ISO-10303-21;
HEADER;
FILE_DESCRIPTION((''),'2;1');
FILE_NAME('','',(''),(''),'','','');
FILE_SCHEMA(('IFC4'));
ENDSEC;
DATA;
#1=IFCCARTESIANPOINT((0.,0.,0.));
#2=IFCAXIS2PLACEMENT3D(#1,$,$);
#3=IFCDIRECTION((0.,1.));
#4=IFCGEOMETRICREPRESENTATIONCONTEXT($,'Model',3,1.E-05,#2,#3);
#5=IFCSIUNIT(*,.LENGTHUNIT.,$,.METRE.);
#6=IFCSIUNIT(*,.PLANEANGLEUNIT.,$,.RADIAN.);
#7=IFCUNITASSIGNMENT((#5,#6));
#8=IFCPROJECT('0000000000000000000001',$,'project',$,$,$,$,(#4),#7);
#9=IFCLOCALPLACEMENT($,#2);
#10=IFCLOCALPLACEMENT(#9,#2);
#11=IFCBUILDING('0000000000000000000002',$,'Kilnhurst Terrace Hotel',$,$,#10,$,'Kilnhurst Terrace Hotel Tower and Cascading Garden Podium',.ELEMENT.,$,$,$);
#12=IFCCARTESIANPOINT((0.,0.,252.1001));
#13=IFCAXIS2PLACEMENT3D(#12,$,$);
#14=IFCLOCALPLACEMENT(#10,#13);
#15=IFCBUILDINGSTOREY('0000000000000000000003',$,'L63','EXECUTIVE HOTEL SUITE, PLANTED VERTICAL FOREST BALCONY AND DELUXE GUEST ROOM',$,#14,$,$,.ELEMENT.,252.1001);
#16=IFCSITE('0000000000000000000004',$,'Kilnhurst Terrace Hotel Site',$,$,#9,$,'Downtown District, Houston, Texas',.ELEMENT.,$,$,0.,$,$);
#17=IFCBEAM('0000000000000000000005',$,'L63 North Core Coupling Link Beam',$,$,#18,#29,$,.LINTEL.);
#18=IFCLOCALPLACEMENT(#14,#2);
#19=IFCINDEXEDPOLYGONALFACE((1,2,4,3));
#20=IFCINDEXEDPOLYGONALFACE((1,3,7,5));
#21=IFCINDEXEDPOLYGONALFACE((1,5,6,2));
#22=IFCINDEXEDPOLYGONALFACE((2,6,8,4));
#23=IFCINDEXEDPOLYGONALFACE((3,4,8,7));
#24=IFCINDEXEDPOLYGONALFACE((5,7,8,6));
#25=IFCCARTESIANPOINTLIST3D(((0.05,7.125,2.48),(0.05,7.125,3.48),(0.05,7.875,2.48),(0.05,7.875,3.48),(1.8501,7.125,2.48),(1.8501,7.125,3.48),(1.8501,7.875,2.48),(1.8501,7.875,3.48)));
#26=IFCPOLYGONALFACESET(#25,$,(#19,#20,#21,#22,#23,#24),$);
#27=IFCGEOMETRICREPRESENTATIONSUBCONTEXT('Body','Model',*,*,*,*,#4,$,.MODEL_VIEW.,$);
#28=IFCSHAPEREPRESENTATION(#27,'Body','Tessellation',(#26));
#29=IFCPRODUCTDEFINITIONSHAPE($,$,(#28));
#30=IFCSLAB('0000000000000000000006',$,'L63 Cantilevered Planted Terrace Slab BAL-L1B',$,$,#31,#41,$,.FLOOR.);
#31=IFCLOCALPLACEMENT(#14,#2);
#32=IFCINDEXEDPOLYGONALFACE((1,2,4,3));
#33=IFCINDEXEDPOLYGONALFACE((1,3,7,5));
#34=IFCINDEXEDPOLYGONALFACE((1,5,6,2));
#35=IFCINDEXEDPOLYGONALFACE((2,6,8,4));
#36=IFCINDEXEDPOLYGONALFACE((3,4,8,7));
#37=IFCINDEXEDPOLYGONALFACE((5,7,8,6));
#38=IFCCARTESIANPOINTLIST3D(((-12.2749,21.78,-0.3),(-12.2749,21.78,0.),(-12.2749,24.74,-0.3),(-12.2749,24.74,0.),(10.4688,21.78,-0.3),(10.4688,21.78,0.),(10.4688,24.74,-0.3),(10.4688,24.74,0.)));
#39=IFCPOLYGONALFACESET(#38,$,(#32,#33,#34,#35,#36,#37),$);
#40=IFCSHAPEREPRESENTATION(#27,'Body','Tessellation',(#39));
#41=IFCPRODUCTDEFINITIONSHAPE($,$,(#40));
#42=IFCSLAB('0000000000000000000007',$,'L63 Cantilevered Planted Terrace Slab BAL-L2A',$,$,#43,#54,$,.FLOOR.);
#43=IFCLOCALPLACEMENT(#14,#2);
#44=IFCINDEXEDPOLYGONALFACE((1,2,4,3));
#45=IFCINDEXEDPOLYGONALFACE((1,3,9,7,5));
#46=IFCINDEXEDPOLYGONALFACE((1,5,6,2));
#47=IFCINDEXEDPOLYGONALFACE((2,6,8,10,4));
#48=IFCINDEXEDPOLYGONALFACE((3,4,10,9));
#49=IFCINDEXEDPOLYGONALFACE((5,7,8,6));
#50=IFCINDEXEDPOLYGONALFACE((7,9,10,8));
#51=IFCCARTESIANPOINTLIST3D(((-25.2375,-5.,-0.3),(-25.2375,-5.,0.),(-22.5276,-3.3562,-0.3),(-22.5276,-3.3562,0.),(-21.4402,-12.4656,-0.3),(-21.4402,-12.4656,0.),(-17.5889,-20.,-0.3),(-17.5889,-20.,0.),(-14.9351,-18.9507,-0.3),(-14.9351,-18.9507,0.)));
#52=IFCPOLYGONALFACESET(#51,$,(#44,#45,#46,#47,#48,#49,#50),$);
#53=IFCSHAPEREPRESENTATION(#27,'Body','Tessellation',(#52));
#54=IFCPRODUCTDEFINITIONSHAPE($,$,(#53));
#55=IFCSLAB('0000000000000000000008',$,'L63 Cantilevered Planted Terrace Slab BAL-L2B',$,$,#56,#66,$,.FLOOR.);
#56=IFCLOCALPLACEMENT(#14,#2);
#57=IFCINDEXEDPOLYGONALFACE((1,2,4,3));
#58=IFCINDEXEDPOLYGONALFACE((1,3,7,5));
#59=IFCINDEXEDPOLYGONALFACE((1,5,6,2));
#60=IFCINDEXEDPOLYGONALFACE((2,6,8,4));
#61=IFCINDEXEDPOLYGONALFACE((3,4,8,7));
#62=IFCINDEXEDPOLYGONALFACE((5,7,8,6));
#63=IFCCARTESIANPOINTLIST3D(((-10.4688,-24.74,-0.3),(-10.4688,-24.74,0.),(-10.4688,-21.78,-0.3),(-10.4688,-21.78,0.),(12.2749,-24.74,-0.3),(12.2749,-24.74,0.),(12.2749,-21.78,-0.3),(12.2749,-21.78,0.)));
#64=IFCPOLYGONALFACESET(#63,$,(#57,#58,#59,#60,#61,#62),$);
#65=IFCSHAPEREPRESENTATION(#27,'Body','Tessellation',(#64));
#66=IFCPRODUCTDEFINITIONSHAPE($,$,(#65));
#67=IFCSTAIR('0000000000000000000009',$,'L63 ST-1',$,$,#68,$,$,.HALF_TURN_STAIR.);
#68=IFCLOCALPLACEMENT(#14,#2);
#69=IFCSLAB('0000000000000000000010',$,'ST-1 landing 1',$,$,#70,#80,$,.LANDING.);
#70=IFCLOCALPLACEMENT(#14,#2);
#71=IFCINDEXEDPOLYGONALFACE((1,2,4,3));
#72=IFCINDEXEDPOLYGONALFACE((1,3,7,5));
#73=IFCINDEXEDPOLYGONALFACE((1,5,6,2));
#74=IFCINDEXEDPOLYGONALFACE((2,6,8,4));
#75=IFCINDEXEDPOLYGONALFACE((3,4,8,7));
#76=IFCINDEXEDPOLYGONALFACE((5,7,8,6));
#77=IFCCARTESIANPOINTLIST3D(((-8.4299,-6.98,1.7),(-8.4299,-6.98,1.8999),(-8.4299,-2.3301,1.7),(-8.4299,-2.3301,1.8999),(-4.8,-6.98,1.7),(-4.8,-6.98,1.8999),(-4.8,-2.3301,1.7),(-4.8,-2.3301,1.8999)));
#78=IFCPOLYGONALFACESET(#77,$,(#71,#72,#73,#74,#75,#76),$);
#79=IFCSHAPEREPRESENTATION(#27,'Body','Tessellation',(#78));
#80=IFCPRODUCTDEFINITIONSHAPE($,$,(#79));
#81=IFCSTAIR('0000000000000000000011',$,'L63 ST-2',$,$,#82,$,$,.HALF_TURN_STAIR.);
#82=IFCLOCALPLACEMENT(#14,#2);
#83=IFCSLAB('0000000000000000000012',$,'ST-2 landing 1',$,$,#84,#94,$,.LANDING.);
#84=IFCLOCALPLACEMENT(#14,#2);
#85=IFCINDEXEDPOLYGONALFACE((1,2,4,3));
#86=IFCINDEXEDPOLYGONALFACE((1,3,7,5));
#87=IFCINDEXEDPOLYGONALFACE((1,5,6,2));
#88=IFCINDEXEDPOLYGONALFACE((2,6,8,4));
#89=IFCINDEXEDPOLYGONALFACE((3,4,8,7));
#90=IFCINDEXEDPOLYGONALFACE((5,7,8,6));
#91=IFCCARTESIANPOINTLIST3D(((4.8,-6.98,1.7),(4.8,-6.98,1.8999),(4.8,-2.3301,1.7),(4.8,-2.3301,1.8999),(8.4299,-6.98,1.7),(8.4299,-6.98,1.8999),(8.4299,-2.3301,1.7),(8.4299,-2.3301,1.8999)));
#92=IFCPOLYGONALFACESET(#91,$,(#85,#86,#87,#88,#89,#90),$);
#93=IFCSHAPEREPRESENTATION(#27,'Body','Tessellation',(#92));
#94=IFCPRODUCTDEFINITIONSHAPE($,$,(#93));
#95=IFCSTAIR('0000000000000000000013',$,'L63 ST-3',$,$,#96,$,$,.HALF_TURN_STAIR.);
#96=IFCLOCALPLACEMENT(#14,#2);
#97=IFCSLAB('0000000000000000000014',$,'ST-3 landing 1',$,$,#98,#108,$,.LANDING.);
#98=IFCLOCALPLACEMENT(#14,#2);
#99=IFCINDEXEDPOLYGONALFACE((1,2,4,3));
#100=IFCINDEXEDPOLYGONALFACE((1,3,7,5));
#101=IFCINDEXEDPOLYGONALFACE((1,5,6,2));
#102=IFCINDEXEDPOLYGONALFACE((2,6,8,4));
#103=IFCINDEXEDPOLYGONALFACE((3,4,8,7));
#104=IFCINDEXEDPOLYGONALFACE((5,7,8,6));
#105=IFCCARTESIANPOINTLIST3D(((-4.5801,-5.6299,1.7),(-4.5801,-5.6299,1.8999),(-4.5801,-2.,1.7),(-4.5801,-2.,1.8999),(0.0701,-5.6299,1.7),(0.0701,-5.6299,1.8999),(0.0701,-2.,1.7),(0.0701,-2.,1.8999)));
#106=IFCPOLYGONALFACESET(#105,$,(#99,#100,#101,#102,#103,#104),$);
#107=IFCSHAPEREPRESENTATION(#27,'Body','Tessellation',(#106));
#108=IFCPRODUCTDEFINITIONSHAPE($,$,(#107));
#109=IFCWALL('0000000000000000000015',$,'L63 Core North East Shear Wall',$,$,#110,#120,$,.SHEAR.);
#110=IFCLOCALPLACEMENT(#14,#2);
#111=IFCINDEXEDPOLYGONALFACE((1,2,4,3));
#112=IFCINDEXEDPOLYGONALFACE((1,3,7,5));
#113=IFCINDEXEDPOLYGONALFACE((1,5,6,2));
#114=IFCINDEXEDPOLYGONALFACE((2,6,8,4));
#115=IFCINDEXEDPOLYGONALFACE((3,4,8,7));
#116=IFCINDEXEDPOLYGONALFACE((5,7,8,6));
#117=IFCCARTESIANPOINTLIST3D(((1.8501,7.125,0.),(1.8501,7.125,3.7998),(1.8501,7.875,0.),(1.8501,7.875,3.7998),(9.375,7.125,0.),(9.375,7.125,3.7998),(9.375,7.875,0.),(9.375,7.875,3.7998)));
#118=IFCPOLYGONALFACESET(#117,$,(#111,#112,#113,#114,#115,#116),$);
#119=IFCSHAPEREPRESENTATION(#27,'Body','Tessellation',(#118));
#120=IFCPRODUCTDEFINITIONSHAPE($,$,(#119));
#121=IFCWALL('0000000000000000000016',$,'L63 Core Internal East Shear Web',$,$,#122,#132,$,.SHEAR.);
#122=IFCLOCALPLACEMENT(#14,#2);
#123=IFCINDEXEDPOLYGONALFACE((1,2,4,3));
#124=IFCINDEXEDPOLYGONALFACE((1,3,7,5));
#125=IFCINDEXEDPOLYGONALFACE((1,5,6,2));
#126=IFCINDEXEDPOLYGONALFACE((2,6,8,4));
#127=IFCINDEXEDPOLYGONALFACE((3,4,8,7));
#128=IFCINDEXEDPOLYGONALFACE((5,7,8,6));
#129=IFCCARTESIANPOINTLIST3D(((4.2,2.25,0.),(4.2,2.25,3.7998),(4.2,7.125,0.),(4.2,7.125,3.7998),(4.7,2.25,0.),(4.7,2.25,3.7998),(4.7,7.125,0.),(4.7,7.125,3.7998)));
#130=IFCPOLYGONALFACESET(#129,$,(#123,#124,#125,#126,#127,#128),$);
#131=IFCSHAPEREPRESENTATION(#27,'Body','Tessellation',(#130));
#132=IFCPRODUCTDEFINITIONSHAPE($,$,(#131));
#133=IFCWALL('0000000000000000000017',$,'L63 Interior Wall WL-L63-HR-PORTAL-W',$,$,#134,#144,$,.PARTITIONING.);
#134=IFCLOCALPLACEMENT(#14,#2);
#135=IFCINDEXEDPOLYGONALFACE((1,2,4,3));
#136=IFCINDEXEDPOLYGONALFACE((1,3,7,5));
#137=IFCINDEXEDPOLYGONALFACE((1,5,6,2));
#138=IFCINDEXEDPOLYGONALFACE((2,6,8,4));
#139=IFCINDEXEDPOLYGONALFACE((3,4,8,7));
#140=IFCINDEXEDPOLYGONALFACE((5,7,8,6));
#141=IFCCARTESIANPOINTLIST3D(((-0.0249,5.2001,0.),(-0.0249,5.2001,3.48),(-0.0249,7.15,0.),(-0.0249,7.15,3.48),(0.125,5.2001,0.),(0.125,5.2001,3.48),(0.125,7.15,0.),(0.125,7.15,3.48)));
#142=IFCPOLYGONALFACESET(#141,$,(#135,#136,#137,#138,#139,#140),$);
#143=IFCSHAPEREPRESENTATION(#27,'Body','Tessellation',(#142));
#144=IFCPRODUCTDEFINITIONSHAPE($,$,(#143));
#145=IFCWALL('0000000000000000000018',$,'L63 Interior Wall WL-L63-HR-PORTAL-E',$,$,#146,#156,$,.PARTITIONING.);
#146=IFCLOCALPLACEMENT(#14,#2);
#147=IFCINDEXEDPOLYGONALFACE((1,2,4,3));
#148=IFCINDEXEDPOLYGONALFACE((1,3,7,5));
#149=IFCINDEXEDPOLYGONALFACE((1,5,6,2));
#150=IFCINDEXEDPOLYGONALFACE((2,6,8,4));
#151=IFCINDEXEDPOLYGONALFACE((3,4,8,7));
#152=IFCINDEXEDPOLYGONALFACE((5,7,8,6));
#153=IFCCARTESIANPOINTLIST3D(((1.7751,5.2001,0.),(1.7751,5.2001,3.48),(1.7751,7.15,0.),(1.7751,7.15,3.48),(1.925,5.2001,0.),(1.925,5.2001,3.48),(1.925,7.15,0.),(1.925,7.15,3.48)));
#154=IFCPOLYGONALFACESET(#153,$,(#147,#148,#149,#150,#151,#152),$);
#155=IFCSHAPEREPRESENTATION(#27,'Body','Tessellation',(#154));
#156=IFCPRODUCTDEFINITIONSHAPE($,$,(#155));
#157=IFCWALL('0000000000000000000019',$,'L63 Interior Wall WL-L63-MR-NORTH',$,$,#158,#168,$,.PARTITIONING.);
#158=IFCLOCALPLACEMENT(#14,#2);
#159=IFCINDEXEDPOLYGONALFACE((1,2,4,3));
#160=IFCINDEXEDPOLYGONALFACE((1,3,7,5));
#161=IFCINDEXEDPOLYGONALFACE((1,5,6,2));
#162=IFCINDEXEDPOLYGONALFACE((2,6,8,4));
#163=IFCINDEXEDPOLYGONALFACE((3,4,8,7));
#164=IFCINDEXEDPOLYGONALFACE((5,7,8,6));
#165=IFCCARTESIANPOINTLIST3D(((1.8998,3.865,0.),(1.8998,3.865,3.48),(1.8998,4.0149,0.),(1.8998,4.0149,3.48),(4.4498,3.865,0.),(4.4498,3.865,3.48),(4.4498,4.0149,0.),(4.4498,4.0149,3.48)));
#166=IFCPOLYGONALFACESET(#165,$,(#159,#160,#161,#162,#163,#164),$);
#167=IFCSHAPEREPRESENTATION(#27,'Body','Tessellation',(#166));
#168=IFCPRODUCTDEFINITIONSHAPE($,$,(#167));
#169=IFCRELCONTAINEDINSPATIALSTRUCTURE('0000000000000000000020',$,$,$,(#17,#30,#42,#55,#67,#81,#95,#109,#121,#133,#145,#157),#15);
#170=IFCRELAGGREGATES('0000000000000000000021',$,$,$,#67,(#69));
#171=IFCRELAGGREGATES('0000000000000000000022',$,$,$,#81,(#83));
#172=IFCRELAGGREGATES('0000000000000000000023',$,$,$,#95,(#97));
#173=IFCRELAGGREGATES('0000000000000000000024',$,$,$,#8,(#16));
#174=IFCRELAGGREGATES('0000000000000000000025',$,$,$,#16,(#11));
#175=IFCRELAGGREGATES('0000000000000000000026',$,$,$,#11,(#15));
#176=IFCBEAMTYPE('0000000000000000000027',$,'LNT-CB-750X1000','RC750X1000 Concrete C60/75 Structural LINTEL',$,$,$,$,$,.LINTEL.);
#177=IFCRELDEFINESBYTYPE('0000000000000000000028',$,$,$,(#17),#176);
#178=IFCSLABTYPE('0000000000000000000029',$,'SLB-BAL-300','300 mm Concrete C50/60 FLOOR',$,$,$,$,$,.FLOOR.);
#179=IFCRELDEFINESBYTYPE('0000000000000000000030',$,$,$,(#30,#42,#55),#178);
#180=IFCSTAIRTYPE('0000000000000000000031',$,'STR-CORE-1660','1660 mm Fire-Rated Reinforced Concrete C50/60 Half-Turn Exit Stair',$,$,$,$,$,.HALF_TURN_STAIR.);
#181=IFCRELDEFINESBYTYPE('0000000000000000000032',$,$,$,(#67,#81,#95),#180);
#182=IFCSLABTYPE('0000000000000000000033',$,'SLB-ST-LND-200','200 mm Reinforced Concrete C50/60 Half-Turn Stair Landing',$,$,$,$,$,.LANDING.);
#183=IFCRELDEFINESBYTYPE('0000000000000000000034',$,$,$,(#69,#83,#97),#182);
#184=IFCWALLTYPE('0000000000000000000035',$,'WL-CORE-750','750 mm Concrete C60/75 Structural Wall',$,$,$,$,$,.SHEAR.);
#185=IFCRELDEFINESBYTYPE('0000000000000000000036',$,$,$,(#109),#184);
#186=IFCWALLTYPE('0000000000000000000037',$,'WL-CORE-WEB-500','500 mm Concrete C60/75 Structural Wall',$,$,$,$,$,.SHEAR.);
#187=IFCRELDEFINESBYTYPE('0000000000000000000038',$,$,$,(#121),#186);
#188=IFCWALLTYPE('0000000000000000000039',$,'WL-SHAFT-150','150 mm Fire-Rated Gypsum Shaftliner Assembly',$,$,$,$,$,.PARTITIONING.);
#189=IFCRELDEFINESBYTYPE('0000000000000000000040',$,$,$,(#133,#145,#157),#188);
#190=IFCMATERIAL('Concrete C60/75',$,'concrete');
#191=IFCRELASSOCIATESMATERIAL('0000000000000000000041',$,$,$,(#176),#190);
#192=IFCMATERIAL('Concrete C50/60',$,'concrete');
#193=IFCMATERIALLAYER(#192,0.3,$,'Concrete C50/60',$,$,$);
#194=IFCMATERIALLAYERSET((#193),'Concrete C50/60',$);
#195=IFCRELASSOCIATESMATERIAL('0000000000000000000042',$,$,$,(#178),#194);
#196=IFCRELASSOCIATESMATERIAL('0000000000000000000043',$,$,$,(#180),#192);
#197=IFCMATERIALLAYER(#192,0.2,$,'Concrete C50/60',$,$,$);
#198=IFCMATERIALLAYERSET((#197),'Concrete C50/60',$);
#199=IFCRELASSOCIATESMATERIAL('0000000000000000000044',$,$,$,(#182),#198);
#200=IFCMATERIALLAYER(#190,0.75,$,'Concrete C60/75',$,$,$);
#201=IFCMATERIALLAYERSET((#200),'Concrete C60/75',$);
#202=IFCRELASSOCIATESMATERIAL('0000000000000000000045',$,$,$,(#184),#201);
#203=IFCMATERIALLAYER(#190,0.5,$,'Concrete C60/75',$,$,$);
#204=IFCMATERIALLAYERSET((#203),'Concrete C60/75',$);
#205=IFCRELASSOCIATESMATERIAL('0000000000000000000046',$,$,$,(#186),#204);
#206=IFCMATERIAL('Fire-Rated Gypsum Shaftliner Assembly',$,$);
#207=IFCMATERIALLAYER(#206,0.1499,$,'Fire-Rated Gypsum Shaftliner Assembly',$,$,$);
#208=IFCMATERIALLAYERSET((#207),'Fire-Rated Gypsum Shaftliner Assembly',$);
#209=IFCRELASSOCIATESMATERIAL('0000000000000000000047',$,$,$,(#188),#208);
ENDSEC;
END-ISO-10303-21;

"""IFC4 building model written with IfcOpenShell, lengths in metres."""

from ifc_helpers import new_model, si_unit, direction, frame, frame_2d, origin, origin_2d, place, context, subcontext, project, spatial, polyline, rectangle, outline, extrude, material, layer, layer_set, material_profile, profile_set, type_object, element, aggregate, save


model = new_model("IFC4")

# Units and contexts
model_context = context("Model", 3, precision=1e-05, world=origin(), true_north=direction((0.0, 1.0)))
body_context = subcontext(model_context, "Body", "Model", "MODEL_VIEW")
ifc_project = project(units=[si_unit("LENGTHUNIT", "METRE"), si_unit("PLANEANGLEUNIT", "RADIAN")], contexts=[model_context])

# Site, building, storey
site_placement = place(None, origin())
site = spatial("IfcSite", under=ifc_project, at=site_placement, Name="Kilnhurst Terrace Hotel Site", LongName="Downtown District, Houston, Texas", CompositionType="ELEMENT", RefElevation=0.0)
building_placement = place(site_placement, origin())
building = spatial("IfcBuilding", under=site, at=building_placement, Name="Kilnhurst Terrace Hotel", LongName="Kilnhurst Terrace Hotel Tower and Cascading Garden Podium", CompositionType="ELEMENT")
storey_placement = place(building_placement, frame((0.0, 0.0, 252.1001)))
storey = spatial("IfcBuildingStorey", under=building, at=storey_placement, Name="L63", Description="EXECUTIVE HOTEL SUITE, PLANTED VERTICAL FOREST BALCONY AND DELUXE GUEST ROOM", CompositionType="ELEMENT", Elevation=252.1001)

# Beam
ifc_material_1 = material(Name="Concrete C60/75", Category="concrete")
ifc_material_profile = material_profile(ifc_material_1, rectangle(XDim=0.75, YDim=1.0, at=origin_2d()), Name="RC750X1000")
ifc_profile_set = profile_set([ifc_material_profile], Name="Concrete C60/75")
beam_type = type_object("IfcBeamType", Name="LNT-CB-750X1000", Description="RC750X1000 Concrete C60/75 Structural LINTEL", PredefinedType="LINTEL", material=ifc_profile_set)
beam_placement = place(storey_placement, frame((0.05, 7.5, 2.98), z_axis=(1.0, 0.0, 0.0), x_axis=(0.0, 1.0, 0.0)))
element("IfcBeam", 1, at=beam_placement, inside=storey, type_object=beam_type, Name="L63 North Core Coupling Link Beam", PredefinedType="LINTEL", context=body_context, shape_type="SweptSolid", body=[
    extrude(rectangle(XDim=0.75, YDim=1.0, at=origin_2d()), origin(), (0.0, 0.0, 1.0), 1.8),
])

# Slabs
ifc_material_2 = material(Name="Concrete C50/60", Category="concrete")
ifc_layer_1 = layer(ifc_material_2, 0.3, Name="Concrete C50/60")
ifc_layer_set_1 = layer_set([ifc_layer_1], Name="Concrete C50/60")
slab_type_1 = type_object("IfcSlabType", Name="SLB-BAL-300", Description="300 mm Concrete C50/60 FLOOR", PredefinedType="FLOOR", material=ifc_layer_set_1)
slab_1_placement = place(storey_placement, frame((0.0, 0.0, -0.3)))
element("IfcSlab", 2, at=slab_1_placement, inside=storey, type_object=slab_type_1, Name="L63 Cantilevered Planted Terrace Slab BAL-L1B", PredefinedType="FLOOR", context=body_context, shape_type="SweptSolid", body=[
    extrude(outline(polyline([(-12.2749, 21.78), (-12.2749, 24.74), (10.4688, 24.74), (10.4688, 21.78), (-12.2749, 21.78)])), origin(), (0.0, 0.0, 1.0), 0.3),
])
slab_2_placement = place(storey_placement, frame((0.0, 0.0, -0.3)))
element("IfcSlab", 3, at=slab_2_placement, inside=storey, type_object=slab_type_1, Name="L63 Cantilevered Planted Terrace Slab BAL-L2A", PredefinedType="FLOOR", context=body_context, shape_type="SweptSolid", body=[
    extrude(outline(polyline([(-25.2375, -5.0), (-22.5276, -3.3562), (-14.9351, -18.9507), (-17.5889, -20.0), (-21.4402, -12.4656), (-25.2375, -5.0)])), origin(), (0.0, 0.0, 1.0), 0.3),
])
slab_3_placement = place(storey_placement, frame((0.0, 0.0, -0.3)))
element("IfcSlab", 4, at=slab_3_placement, inside=storey, type_object=slab_type_1, Name="L63 Cantilevered Planted Terrace Slab BAL-L2B", PredefinedType="FLOOR", context=body_context, shape_type="SweptSolid", body=[
    extrude(outline(polyline([(12.2749, -21.78), (12.2749, -24.74), (-10.4688, -24.74), (-10.4688, -21.78), (12.2749, -21.78)])), origin(), (0.0, 0.0, 1.0), 0.3),
])

# Stairs, slabs
stair_type = type_object("IfcStairType", Name="STR-CORE-1660", Description="1660 mm Fire-Rated Reinforced Concrete C50/60 Half-Turn Exit Stair", PredefinedType="HALF_TURN_STAIR", material=ifc_material_2)
stair_1_placement = place(storey_placement, origin())
stair_1 = element("IfcStair", 5, at=stair_1_placement, inside=storey, type_object=stair_type, Name="L63 ST-1", PredefinedType="HALF_TURN_STAIR")
ifc_layer_2 = layer(ifc_material_2, 0.2, Name="Concrete C50/60")
ifc_layer_set_2 = layer_set([ifc_layer_2], Name="Concrete C50/60")
slab_type_2 = type_object("IfcSlabType", Name="SLB-ST-LND-200", Description="200 mm Reinforced Concrete C50/60 Half-Turn Stair Landing", PredefinedType="LANDING", material=ifc_layer_set_2)
slab_4_placement = place(storey_placement, frame((0.0, 0.0, 1.7)))
slab_4 = element("IfcSlab", 6, at=slab_4_placement, type_object=slab_type_2, Name="ST-1 landing 1", PredefinedType="LANDING", context=body_context, shape_type="SweptSolid", body=[
    extrude(outline(polyline([(-8.4299, -2.3301), (-4.8, -2.3301), (-4.8, -6.98), (-8.4299, -6.98), (-8.4299, -2.3301)])), origin(), (0.0, 0.0, 1.0), 0.2),
])
aggregate(stair_1, [slab_4])
stair_2_placement = place(storey_placement, origin())
stair_2 = element("IfcStair", 7, at=stair_2_placement, inside=storey, type_object=stair_type, Name="L63 ST-2", PredefinedType="HALF_TURN_STAIR")
slab_5_placement = place(storey_placement, frame((0.0, 0.0, 1.7)))
slab_5 = element("IfcSlab", 8, at=slab_5_placement, type_object=slab_type_2, Name="ST-2 landing 1", PredefinedType="LANDING", context=body_context, shape_type="SweptSolid", body=[
    extrude(outline(polyline([(4.8, -2.3301), (8.4299, -2.3301), (8.4299, -6.98), (4.8, -6.98), (4.8, -2.3301)])), origin(), (0.0, 0.0, 1.0), 0.2),
])
aggregate(stair_2, [slab_5])
stair_3_placement = place(storey_placement, origin())
stair_3 = element("IfcStair", 9, at=stair_3_placement, inside=storey, type_object=stair_type, Name="L63 ST-3", PredefinedType="HALF_TURN_STAIR")
slab_6_placement = place(storey_placement, frame((0.0, 0.0, 1.7)))
slab_6 = element("IfcSlab", 10, at=slab_6_placement, type_object=slab_type_2, Name="ST-3 landing 1", PredefinedType="LANDING", context=body_context, shape_type="SweptSolid", body=[
    extrude(outline(polyline([(0.0701, -2.0), (0.0701, -5.6299), (-4.5801, -5.6299), (-4.5801, -2.0), (0.0701, -2.0)])), origin(), (0.0, 0.0, 1.0), 0.2),
])
aggregate(stair_3, [slab_6])

# Walls
ifc_layer_3 = layer(ifc_material_1, 0.75, Name="Concrete C60/75")
ifc_layer_set_3 = layer_set([ifc_layer_3], Name="Concrete C60/75")
wall_type_1 = type_object("IfcWallType", Name="WL-CORE-750", Description="750 mm Concrete C60/75 Structural Wall", PredefinedType="SHEAR", material=ifc_layer_set_3)
wall_1_placement = place(storey_placement, frame((1.8501, 7.5, 0.0), z_axis=(0.0, 0.0, 1.0), x_axis=(1.0, 0.0, 0.0)))
element("IfcWall", 11, at=wall_1_placement, inside=storey, type_object=wall_type_1, Name="L63 Core North East Shear Wall", PredefinedType="SHEAR", context=body_context, shape_type="SweptSolid", body=[
    extrude(rectangle(XDim=7.5249, YDim=0.75, at=frame_2d((3.7625, 0.0))), origin(), (0.0, 0.0, 1.0), 3.7998),
])
ifc_layer_4 = layer(ifc_material_1, 0.5, Name="Concrete C60/75")
ifc_layer_set_4 = layer_set([ifc_layer_4], Name="Concrete C60/75")
wall_type_2 = type_object("IfcWallType", Name="WL-CORE-WEB-500", Description="500 mm Concrete C60/75 Structural Wall", PredefinedType="SHEAR", material=ifc_layer_set_4)
wall_2_placement = place(storey_placement, frame((4.45, 2.25, 0.0), z_axis=(0.0, 0.0, 1.0), x_axis=(0.0, 1.0, 0.0)))
element("IfcWall", 12, at=wall_2_placement, inside=storey, type_object=wall_type_2, Name="L63 Core Internal East Shear Web", PredefinedType="SHEAR", context=body_context, shape_type="SweptSolid", body=[
    extrude(rectangle(XDim=4.875, YDim=0.5, at=frame_2d((2.4375, 0.0))), origin(), (0.0, 0.0, 1.0), 3.7998),
])
ifc_material_3 = material(Name="Fire-Rated Gypsum Shaftliner Assembly")
ifc_layer_5 = layer(ifc_material_3, 0.1499, Name="Fire-Rated Gypsum Shaftliner Assembly")
ifc_layer_set_5 = layer_set([ifc_layer_5], Name="Fire-Rated Gypsum Shaftliner Assembly")
wall_type_3 = type_object("IfcWallType", Name="WL-SHAFT-150", Description="150 mm Fire-Rated Gypsum Shaftliner Assembly", PredefinedType="PARTITIONING", material=ifc_layer_set_5)
for number, where, z_axis, x_axis, name in (
    (13, (0.05, 5.2, 0.0), (0.0, 0.0, 1.0), (0.0, 1.0, 0.0), "L63 Interior Wall WL-L63-HR-PORTAL-W"),
    (14, (1.8501, 5.2, 0.0), (0.0, 0.0, 1.0), (0.0, 1.0, 0.0), "L63 Interior Wall WL-L63-HR-PORTAL-E"),
):
    element("IfcWall", number, at=place(storey_placement, frame(where, z_axis=z_axis, x_axis=x_axis)), inside=storey, type_object=wall_type_3, Name=name, PredefinedType="PARTITIONING", context=body_context, shape_type="SweptSolid", body=[
        extrude(rectangle(XDim=1.95, YDim=0.1499, at=frame_2d((0.9751, 0.0))), origin(), (0.0, 0.0, 1.0), 3.48),
    ])
wall_3_placement = place(storey_placement, frame((1.8999, 3.9399, 0.0), z_axis=(0.0, 0.0, 1.0), x_axis=(1.0, 0.0, 0.0)))
element("IfcWall", 15, at=wall_3_placement, inside=storey, type_object=wall_type_3, Name="L63 Interior Wall WL-L63-MR-NORTH", PredefinedType="PARTITIONING", context=body_context, shape_type="SweptSolid", body=[
    extrude(rectangle(XDim=2.55, YDim=0.1499, at=frame_2d((1.2749, 0.0))), origin(), (0.0, 0.0, 1.0), 3.48),
])

save(model, "model.ifc")
